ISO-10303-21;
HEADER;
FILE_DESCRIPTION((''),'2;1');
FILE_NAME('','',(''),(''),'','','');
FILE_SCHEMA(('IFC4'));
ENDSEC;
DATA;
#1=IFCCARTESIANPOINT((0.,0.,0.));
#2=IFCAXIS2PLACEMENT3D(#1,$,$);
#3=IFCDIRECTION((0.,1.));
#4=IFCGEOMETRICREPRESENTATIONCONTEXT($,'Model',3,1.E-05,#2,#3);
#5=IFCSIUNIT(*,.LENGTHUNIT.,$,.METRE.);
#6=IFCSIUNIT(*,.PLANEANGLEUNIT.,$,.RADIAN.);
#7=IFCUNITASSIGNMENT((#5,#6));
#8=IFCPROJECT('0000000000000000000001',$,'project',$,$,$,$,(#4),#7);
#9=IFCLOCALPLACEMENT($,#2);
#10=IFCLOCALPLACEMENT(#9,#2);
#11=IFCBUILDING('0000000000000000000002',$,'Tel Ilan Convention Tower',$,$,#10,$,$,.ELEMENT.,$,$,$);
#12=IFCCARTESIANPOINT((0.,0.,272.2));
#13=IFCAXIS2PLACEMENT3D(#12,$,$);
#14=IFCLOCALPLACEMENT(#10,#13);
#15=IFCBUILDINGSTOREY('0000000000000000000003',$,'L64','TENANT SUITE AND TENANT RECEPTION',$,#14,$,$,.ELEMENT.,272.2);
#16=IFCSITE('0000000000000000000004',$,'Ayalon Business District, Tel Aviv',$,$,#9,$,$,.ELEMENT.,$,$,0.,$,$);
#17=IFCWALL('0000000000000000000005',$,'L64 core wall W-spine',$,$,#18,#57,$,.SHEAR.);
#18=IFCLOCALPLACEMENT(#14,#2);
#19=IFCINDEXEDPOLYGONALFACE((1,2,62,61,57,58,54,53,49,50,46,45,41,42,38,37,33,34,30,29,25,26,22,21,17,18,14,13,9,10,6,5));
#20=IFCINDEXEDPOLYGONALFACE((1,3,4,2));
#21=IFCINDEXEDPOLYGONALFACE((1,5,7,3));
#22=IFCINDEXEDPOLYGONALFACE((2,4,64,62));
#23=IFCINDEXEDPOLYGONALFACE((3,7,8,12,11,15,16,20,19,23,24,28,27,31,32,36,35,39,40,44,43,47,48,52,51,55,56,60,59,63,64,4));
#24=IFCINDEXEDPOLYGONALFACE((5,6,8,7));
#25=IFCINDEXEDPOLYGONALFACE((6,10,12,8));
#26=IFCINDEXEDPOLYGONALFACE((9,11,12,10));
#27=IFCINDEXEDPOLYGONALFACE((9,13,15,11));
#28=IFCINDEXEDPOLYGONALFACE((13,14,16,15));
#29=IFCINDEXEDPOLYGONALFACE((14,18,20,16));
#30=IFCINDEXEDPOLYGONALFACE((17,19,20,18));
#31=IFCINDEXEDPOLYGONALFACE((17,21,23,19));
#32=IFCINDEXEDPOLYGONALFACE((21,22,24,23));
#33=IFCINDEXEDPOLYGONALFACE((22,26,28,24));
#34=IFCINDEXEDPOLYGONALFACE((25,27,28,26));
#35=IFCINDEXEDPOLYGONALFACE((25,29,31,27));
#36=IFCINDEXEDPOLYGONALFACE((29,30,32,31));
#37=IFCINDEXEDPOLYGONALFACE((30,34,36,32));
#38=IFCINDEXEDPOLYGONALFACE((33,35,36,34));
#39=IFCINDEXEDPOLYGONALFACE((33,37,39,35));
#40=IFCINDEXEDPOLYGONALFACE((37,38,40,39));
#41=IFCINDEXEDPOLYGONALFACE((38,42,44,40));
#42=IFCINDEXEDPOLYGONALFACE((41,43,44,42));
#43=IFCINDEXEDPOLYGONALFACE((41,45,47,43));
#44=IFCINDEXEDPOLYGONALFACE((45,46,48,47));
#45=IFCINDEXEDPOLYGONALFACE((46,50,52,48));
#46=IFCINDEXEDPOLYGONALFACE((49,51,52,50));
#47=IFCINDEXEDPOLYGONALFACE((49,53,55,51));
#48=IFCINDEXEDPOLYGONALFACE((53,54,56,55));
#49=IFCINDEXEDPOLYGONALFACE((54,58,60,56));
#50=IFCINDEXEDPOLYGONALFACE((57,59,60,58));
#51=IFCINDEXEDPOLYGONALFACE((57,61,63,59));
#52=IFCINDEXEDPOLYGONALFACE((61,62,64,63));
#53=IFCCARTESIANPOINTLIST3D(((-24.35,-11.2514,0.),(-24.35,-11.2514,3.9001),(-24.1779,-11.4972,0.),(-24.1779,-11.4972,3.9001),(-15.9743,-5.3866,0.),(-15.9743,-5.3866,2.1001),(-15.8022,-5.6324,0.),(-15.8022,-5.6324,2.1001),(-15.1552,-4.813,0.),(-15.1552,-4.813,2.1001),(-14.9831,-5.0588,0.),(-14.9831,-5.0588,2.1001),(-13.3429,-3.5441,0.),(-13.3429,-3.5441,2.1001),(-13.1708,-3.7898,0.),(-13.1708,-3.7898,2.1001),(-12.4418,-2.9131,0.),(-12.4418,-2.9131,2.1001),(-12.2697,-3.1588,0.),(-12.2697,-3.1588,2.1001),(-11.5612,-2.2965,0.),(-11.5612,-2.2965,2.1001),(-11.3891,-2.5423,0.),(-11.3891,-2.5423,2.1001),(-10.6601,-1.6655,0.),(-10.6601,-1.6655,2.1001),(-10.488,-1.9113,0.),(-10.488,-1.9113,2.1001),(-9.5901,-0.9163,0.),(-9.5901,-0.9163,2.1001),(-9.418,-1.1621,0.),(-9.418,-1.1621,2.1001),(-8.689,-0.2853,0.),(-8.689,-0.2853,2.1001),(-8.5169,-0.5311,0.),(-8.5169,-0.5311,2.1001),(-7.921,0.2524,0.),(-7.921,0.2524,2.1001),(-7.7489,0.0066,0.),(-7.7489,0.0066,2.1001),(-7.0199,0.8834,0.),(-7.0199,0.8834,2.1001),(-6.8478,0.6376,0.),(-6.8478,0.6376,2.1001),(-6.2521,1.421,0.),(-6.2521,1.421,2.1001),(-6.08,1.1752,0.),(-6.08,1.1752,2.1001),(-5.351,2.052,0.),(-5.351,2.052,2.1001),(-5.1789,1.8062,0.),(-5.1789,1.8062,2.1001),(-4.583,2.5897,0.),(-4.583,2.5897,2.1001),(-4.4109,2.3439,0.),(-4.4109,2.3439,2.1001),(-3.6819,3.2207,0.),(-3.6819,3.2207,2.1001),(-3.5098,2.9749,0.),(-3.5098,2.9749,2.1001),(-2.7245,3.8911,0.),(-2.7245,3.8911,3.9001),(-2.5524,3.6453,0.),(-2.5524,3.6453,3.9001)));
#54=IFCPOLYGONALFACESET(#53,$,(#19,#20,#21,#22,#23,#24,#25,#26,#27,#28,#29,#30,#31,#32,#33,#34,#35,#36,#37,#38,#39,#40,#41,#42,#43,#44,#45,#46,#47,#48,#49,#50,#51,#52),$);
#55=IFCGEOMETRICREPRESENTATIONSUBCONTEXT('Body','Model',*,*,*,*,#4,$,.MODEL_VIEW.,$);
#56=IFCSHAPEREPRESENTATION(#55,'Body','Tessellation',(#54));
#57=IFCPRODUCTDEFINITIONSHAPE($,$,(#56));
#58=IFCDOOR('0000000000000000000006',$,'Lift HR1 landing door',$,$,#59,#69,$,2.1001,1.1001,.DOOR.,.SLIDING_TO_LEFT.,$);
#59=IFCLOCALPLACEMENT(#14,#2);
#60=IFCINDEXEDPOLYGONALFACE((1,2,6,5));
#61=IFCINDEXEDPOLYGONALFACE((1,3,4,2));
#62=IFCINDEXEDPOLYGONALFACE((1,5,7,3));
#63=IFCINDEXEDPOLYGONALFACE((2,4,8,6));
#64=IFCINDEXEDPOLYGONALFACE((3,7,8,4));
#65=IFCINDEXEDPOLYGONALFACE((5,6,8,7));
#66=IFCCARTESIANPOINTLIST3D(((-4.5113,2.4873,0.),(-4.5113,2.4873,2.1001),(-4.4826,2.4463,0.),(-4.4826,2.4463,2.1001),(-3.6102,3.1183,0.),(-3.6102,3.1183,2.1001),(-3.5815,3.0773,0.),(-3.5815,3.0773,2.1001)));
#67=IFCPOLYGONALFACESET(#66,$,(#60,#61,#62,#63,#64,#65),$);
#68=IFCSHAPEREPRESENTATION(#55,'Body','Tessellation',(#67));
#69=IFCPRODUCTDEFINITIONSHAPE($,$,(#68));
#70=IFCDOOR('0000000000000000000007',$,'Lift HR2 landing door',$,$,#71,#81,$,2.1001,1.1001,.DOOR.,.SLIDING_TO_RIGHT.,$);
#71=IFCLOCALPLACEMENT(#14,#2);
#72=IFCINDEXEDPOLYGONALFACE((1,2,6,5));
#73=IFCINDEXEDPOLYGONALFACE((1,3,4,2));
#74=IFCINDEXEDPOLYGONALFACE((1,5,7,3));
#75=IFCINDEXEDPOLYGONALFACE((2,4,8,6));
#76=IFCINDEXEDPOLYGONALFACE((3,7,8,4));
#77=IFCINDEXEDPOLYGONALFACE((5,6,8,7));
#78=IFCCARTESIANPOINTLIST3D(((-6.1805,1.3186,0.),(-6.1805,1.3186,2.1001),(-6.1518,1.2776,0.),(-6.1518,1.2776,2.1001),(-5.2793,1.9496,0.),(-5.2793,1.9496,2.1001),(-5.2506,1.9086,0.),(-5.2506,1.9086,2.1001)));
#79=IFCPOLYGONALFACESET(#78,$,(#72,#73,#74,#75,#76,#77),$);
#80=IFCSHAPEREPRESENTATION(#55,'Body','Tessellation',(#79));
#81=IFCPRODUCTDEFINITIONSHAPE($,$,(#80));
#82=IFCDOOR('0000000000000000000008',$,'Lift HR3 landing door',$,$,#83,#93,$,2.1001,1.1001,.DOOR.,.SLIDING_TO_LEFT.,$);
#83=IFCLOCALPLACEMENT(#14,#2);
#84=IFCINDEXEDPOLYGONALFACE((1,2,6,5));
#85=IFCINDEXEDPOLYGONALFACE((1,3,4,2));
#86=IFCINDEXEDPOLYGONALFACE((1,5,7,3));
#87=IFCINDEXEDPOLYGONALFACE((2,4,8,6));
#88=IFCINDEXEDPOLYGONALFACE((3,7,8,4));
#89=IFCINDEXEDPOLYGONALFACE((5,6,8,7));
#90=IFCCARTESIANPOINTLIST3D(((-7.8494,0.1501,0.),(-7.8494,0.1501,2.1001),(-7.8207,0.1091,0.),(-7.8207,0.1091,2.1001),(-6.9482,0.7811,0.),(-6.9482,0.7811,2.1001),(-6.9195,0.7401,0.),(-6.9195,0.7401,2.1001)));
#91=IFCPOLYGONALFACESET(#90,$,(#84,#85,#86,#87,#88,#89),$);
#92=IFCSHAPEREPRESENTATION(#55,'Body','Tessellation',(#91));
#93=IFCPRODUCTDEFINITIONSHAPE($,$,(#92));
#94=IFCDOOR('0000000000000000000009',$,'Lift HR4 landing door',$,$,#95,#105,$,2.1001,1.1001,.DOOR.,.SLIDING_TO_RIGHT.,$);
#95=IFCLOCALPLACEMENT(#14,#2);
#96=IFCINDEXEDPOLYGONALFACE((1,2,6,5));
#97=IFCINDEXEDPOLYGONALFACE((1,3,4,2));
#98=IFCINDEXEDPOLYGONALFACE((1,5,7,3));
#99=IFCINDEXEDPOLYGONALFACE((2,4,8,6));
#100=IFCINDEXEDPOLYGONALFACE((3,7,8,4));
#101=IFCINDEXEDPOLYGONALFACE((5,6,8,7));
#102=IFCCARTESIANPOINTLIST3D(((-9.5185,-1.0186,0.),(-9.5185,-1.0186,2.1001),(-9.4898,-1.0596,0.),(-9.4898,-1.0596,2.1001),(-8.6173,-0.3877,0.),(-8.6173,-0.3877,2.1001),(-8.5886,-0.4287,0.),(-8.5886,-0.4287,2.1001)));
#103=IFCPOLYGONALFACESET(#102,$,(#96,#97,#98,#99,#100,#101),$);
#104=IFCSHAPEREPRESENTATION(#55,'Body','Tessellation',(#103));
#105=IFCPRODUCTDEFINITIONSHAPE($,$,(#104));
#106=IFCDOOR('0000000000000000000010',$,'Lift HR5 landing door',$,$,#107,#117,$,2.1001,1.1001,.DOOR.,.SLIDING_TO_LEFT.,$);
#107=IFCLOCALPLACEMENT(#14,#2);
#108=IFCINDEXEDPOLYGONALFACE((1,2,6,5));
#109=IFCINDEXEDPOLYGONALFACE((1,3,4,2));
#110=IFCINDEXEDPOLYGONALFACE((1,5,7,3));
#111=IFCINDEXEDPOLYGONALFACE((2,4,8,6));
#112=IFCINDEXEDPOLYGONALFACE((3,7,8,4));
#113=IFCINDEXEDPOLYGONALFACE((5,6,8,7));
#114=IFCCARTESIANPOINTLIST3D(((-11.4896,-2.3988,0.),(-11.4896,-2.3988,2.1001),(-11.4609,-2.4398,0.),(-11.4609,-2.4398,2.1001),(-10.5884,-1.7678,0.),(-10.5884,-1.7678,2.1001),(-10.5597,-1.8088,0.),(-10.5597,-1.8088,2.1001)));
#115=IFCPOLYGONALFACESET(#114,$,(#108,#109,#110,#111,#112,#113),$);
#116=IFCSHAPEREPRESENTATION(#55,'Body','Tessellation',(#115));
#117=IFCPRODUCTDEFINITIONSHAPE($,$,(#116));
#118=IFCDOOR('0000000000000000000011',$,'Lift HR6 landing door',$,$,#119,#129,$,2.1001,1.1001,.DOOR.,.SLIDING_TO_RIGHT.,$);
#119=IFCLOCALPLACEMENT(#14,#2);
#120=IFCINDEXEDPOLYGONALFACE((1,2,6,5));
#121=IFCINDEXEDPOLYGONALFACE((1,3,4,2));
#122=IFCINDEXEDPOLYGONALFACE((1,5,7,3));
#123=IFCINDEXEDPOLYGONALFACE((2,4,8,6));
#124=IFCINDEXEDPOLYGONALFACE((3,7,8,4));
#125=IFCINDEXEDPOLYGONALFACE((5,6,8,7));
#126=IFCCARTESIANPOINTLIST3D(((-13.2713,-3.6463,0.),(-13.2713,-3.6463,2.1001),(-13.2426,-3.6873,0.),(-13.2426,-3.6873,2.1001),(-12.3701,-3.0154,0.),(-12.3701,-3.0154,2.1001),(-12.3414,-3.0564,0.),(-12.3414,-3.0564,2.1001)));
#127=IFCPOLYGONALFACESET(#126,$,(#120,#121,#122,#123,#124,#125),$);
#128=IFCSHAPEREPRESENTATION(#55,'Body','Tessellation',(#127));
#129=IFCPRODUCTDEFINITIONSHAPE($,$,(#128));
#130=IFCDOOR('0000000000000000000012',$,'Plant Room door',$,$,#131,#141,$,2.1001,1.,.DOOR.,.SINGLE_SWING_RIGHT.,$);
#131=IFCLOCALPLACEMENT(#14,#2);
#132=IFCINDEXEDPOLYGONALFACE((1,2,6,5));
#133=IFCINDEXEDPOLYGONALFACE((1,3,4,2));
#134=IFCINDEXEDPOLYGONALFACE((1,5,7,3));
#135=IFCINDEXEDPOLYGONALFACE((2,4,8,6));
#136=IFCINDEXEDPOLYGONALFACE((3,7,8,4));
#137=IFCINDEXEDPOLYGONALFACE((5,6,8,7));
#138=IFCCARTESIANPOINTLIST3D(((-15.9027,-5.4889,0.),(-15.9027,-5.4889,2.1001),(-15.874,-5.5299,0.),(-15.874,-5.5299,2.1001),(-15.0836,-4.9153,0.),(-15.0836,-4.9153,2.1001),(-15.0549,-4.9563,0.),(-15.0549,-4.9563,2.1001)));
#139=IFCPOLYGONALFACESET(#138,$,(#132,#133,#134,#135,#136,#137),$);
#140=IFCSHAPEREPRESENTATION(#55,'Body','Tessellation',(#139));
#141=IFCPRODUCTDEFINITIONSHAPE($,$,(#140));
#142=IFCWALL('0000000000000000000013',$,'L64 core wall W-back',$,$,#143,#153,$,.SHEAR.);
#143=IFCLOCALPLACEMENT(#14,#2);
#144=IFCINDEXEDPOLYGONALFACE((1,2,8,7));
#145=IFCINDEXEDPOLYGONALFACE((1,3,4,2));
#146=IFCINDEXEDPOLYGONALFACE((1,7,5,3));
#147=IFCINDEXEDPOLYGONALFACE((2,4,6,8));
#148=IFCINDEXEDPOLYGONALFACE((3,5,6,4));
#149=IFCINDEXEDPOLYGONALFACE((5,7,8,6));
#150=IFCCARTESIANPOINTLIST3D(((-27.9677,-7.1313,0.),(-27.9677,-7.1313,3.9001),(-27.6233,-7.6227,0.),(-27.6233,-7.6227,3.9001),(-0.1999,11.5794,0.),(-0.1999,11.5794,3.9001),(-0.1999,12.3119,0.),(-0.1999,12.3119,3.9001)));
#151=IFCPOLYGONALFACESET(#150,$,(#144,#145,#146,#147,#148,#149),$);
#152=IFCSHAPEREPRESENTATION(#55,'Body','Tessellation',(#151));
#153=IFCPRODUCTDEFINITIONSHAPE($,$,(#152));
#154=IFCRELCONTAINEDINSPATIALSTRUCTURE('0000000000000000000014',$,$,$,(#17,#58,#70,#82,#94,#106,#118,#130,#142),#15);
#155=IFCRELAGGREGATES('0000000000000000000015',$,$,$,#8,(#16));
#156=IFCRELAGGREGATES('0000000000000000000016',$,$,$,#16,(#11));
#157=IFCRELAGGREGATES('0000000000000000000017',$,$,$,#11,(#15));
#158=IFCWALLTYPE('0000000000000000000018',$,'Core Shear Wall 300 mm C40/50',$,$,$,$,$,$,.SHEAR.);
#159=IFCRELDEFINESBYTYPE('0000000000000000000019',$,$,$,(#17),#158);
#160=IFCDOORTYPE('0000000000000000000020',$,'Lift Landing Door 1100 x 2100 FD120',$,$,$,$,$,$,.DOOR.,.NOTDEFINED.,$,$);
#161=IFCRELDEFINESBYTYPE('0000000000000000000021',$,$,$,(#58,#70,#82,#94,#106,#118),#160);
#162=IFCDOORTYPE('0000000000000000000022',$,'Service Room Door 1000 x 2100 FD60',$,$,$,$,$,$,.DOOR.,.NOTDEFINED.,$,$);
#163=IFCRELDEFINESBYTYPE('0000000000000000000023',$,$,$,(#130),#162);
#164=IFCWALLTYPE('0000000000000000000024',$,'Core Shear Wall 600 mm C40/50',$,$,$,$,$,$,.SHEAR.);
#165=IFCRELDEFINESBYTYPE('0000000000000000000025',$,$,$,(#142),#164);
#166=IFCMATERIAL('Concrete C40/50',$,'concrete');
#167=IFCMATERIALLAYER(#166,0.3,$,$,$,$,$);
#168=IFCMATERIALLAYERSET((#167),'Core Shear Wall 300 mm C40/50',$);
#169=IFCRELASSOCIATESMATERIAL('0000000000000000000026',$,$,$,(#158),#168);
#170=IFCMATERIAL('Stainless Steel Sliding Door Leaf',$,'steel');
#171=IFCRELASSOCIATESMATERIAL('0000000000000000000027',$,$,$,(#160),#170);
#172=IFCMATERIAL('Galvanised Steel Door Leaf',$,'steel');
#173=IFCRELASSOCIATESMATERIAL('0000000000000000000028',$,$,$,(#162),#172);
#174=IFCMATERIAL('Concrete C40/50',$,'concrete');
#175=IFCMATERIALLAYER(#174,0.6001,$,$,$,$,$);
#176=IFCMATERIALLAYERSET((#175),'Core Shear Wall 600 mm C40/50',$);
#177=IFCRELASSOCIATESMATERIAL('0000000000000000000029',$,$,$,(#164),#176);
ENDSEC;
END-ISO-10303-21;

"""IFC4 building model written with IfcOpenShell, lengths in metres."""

from ifc_helpers import new_model, si_unit, direction, frame, frame_2d, origin, place, context, subcontext, project, spatial, polyline, rectangle, outline, extrude, material, layer, layer_set, type_object, element, fill, save


model = new_model("IFC4")

# Units and contexts
model_context = context("Model", 3, precision=1e-05, world=origin(), true_north=direction((0.0, 1.0)))
body_context = subcontext(model_context, "Body", "Model", "MODEL_VIEW")
ifc_project = project(units=[si_unit("LENGTHUNIT", "METRE"), si_unit("PLANEANGLEUNIT", "RADIAN")], contexts=[model_context])

# Site, building, storey
site_placement = place(None, origin())
site = spatial("IfcSite", under=ifc_project, at=site_placement, Name="Ayalon Business District, Tel Aviv", CompositionType="ELEMENT", RefElevation=0.0)
building_placement = place(site_placement, origin())
building = spatial("IfcBuilding", under=site, at=building_placement, Name="Tel Ilan Convention Tower", CompositionType="ELEMENT")
storey_placement = place(building_placement, frame((0.0, 0.0, 272.2)))
storey = spatial("IfcBuildingStorey", under=building, at=storey_placement, Name="L64", Description="TENANT SUITE AND TENANT RECEPTION", CompositionType="ELEMENT", Elevation=272.2)

# Wall, openings, doors
ifc_material_1 = material(Name="Concrete C40/50", Category="concrete")
ifc_layer_1 = layer(ifc_material_1, 0.3)
ifc_layer_set_1 = layer_set([ifc_layer_1], Name="Core Shear Wall 300 mm C40/50")
wall_type_1 = type_object("IfcWallType", Name="Core Shear Wall 300 mm C40/50", PredefinedType="SHEAR", material=ifc_layer_set_1)
wall_1_placement = place(storey_placement, frame((-2.6384, 3.7681, 0.0), z_axis=(0.0, 0.0, 1.0), x_axis=(-0.819155, -0.573572, 0.0)))
wall_1 = element("IfcWall", 1, at=wall_1_placement, inside=storey, type_object=wall_type_1, Name="L64 core wall W-spine", PredefinedType="SHEAR", context=body_context, shape_type="SweptSolid", body=[
    extrude(outline(polyline([(26.3999, 0.1501), (0.0, 0.1499), (0.0, -0.1501), (26.3999, -0.1499), (26.3999, 0.1501)])), origin(), (0.0, 0.0, 1.0), 3.9001),
])
opening_1_placement = place(wall_1_placement, frame((1.1687, 0.0, 0.0)))
opening_1 = element("IfcOpeningElement", 2, at=opening_1_placement, cuts=wall_1, PredefinedType="OPENING", context=body_context, shape_type="SweptSolid", body=[
    extrude(rectangle(XDim=1.1001, YDim=2.1001, at=frame_2d((0.55, 1.05))), frame((0.0, 0.1599, 0.0), z_axis=(0.0, -1.0, 0.0), x_axis=(1.0, 0.0, 0.0)), (0.0, 0.0, 1.0), 0.3201),
])
opening_2_placement = place(wall_1_placement, frame((3.2063, 0.0, 0.0)))
opening_2 = element("IfcOpeningElement", 3, at=opening_2_placement, cuts=wall_1, PredefinedType="OPENING", context=body_context, shape_type="SweptSolid", body=[
    extrude(rectangle(XDim=1.1001, YDim=2.1001, at=frame_2d((0.55, 1.05))), frame((0.0, 0.1599, 0.0), z_axis=(0.0, -1.0, 0.0), x_axis=(1.0, 0.0, 0.0)), (0.0, 0.0, 1.0), 0.3201),
])
opening_3_placement = place(wall_1_placement, frame((5.2437, 0.0, 0.0)))
opening_3 = element("IfcOpeningElement", 4, at=opening_3_placement, cuts=wall_1, PredefinedType="OPENING", context=body_context, shape_type="SweptSolid", body=[
    extrude(rectangle(XDim=1.1001, YDim=2.1001, at=frame_2d((0.55, 1.05))), frame((0.0, 0.1599, 0.0), z_axis=(0.0, -1.0, 0.0), x_axis=(1.0, 0.0, 0.0)), (0.0, 0.0, 1.0), 0.3201),
])
opening_4_placement = place(wall_1_placement, frame((7.2812, 0.0, 0.0)))
opening_4 = element("IfcOpeningElement", 5, at=opening_4_placement, cuts=wall_1, PredefinedType="OPENING", context=body_context, shape_type="SweptSolid", body=[
    extrude(rectangle(XDim=1.1001, YDim=2.1001, at=frame_2d((0.55, 1.05))), frame((0.0, 0.1599, 0.0), z_axis=(0.0, -1.0, 0.0), x_axis=(1.0, 0.0, 0.0)), (0.0, 0.0, 1.0), 0.3201),
])
opening_5_placement = place(wall_1_placement, frame((9.6875, 0.0, 0.0)))
opening_5 = element("IfcOpeningElement", 6, at=opening_5_placement, cuts=wall_1, PredefinedType="OPENING", context=body_context, shape_type="SweptSolid", body=[
    extrude(rectangle(XDim=1.1001, YDim=2.1001, at=frame_2d((0.55, 1.05))), frame((0.0, 0.1599, 0.0), z_axis=(0.0, -1.0, 0.0), x_axis=(1.0, 0.0, 0.0)), (0.0, 0.0, 1.0), 0.3201),
])
opening_6_placement = place(wall_1_placement, frame((11.8625, 0.0, 0.0)))
opening_6 = element("IfcOpeningElement", 7, at=opening_6_placement, cuts=wall_1, PredefinedType="OPENING", context=body_context, shape_type="SweptSolid", body=[
    extrude(rectangle(XDim=1.1001, YDim=2.1001, at=frame_2d((0.55, 1.05))), frame((0.0, 0.1599, 0.0), z_axis=(0.0, -1.0, 0.0), x_axis=(1.0, 0.0, 0.0)), (0.0, 0.0, 1.0), 0.3201),
])
opening_7_placement = place(wall_1_placement, frame((15.175, 0.0, 0.0)))
opening_7 = element("IfcOpeningElement", 8, at=opening_7_placement, cuts=wall_1, PredefinedType="OPENING", context=body_context, shape_type="SweptSolid", body=[
    extrude(rectangle(XDim=1.0, YDim=2.1001, at=frame_2d((0.5, 1.05))), frame((0.0, 0.1599, 0.0), z_axis=(0.0, -1.0, 0.0), x_axis=(1.0, 0.0, 0.0)), (0.0, 0.0, 1.0), 0.3201),
])
ifc_material_2 = material(Name="Stainless Steel Sliding Door Leaf", Category="steel")
door_type_1 = type_object("IfcDoorType", Name="Lift Landing Door 1100 x 2100 FD120", OperationType="NOTDEFINED", PredefinedType="DOOR", material=ifc_material_2)
door_1_placement = place(opening_1_placement, origin())
door_1 = element("IfcDoor", 9, at=door_1_placement, inside=storey, type_object=door_type_1, Name="Lift HR1 landing door", OperationType="SLIDING_TO_LEFT", OverallHeight=2.1001, OverallWidth=1.1001, PredefinedType="DOOR", context=body_context, shape_type="SweptSolid", body=[
    extrude(rectangle(XDim=1.1001, YDim=2.1001, at=frame_2d((0.55, 1.05))), frame((0.0, 0.0249, 0.0), z_axis=(0.0, -1.0, 0.0), x_axis=(1.0, 0.0, 0.0)), (0.0, 0.0, 1.0), 0.05),
])
fill(opening_1, door_1)
door_2_placement = place(opening_2_placement, origin())
door_2 = element("IfcDoor", 10, at=door_2_placement, inside=storey, type_object=door_type_1, Name="Lift HR2 landing door", OperationType="SLIDING_TO_RIGHT", OverallHeight=2.1001, OverallWidth=1.1001, PredefinedType="DOOR", context=body_context, shape_type="SweptSolid", body=[
    extrude(rectangle(XDim=1.1001, YDim=2.1001, at=frame_2d((0.55, 1.05))), frame((0.0, 0.0249, 0.0), z_axis=(0.0, -1.0, 0.0), x_axis=(1.0, 0.0, 0.0)), (0.0, 0.0, 1.0), 0.05),
])
fill(opening_2, door_2)
door_3_placement = place(opening_3_placement, origin())
door_3 = element("IfcDoor", 11, at=door_3_placement, inside=storey, type_object=door_type_1, Name="Lift HR3 landing door", OperationType="SLIDING_TO_LEFT", OverallHeight=2.1001, OverallWidth=1.1001, PredefinedType="DOOR", context=body_context, shape_type="SweptSolid", body=[
    extrude(rectangle(XDim=1.1001, YDim=2.1001, at=frame_2d((0.55, 1.05))), frame((0.0, 0.0249, 0.0), z_axis=(0.0, -1.0, 0.0), x_axis=(1.0, 0.0, 0.0)), (0.0, 0.0, 1.0), 0.05),
])
fill(opening_3, door_3)
door_4_placement = place(opening_4_placement, origin())
door_4 = element("IfcDoor", 12, at=door_4_placement, inside=storey, type_object=door_type_1, Name="Lift HR4 landing door", OperationType="SLIDING_TO_RIGHT", OverallHeight=2.1001, OverallWidth=1.1001, PredefinedType="DOOR", context=body_context, shape_type="SweptSolid", body=[
    extrude(rectangle(XDim=1.1001, YDim=2.1001, at=frame_2d((0.55, 1.05))), frame((0.0, 0.0249, 0.0), z_axis=(0.0, -1.0, 0.0), x_axis=(1.0, 0.0, 0.0)), (0.0, 0.0, 1.0), 0.05),
])
fill(opening_4, door_4)
door_5_placement = place(opening_5_placement, origin())
door_5 = element("IfcDoor", 13, at=door_5_placement, inside=storey, type_object=door_type_1, Name="Lift HR5 landing door", OperationType="SLIDING_TO_LEFT", OverallHeight=2.1001, OverallWidth=1.1001, PredefinedType="DOOR", context=body_context, shape_type="SweptSolid", body=[
    extrude(rectangle(XDim=1.1001, YDim=2.1001, at=frame_2d((0.55, 1.05))), frame((0.0, 0.0249, 0.0), z_axis=(0.0, -1.0, 0.0), x_axis=(1.0, 0.0, 0.0)), (0.0, 0.0, 1.0), 0.05),
])
fill(opening_5, door_5)
door_6_placement = place(opening_6_placement, origin())
door_6 = element("IfcDoor", 14, at=door_6_placement, inside=storey, type_object=door_type_1, Name="Lift HR6 landing door", OperationType="SLIDING_TO_RIGHT", OverallHeight=2.1001, OverallWidth=1.1001, PredefinedType="DOOR", context=body_context, shape_type="SweptSolid", body=[
    extrude(rectangle(XDim=1.1001, YDim=2.1001, at=frame_2d((0.55, 1.05))), frame((0.0, 0.0249, 0.0), z_axis=(0.0, -1.0, 0.0), x_axis=(1.0, 0.0, 0.0)), (0.0, 0.0, 1.0), 0.05),
])
fill(opening_6, door_6)
ifc_material_3 = material(Name="Galvanised Steel Door Leaf", Category="steel")
door_type_2 = type_object("IfcDoorType", Name="Service Room Door 1000 x 2100 FD60", OperationType="NOTDEFINED", PredefinedType="DOOR", material=ifc_material_3)
door_7_placement = place(opening_7_placement, origin())
door_7 = element("IfcDoor", 15, at=door_7_placement, inside=storey, type_object=door_type_2, Name="Plant Room door", OperationType="SINGLE_SWING_RIGHT", OverallHeight=2.1001, OverallWidth=1.0, PredefinedType="DOOR", context=body_context, shape_type="SweptSolid", body=[
    extrude(rectangle(XDim=1.0, YDim=2.1001, at=frame_2d((0.5, 1.05))), frame((0.0, 0.0249, 0.0), z_axis=(0.0, -1.0, 0.0), x_axis=(1.0, 0.0, 0.0)), (0.0, 0.0, 1.0), 0.05),
])
fill(opening_7, door_7)

# Wall
ifc_material_4 = material(Name="Concrete C40/50", Category="concrete")
ifc_layer_2 = layer(ifc_material_4, 0.6001)
ifc_layer_set_2 = layer_set([ifc_layer_2], Name="Core Shear Wall 600 mm C40/50")
wall_type_2 = type_object("IfcWallType", Name="Core Shear Wall 600 mm C40/50", PredefinedType="SHEAR", material=ifc_layer_set_2)
wall_2_placement = place(storey_placement, frame((-0.0278, 12.0662, 0.0), z_axis=(0.0, 0.0, 1.0), x_axis=(-0.819151, -0.573577, 0.0)))
element("IfcWall", 16, at=wall_2_placement, inside=storey, type_object=wall_type_2, Name="L64 core wall W-back", PredefinedType="SHEAR", context=body_context, shape_type="SweptSolid", body=[
    extrude(outline(polyline([(33.8979, 0.3), (0.4202, 0.3), (0.0, -0.3), (33.8982, -0.3), (33.8979, 0.3)])), origin(), (0.0, 0.0, 1.0), 3.9001),
])

save(model, "model.ifc")
